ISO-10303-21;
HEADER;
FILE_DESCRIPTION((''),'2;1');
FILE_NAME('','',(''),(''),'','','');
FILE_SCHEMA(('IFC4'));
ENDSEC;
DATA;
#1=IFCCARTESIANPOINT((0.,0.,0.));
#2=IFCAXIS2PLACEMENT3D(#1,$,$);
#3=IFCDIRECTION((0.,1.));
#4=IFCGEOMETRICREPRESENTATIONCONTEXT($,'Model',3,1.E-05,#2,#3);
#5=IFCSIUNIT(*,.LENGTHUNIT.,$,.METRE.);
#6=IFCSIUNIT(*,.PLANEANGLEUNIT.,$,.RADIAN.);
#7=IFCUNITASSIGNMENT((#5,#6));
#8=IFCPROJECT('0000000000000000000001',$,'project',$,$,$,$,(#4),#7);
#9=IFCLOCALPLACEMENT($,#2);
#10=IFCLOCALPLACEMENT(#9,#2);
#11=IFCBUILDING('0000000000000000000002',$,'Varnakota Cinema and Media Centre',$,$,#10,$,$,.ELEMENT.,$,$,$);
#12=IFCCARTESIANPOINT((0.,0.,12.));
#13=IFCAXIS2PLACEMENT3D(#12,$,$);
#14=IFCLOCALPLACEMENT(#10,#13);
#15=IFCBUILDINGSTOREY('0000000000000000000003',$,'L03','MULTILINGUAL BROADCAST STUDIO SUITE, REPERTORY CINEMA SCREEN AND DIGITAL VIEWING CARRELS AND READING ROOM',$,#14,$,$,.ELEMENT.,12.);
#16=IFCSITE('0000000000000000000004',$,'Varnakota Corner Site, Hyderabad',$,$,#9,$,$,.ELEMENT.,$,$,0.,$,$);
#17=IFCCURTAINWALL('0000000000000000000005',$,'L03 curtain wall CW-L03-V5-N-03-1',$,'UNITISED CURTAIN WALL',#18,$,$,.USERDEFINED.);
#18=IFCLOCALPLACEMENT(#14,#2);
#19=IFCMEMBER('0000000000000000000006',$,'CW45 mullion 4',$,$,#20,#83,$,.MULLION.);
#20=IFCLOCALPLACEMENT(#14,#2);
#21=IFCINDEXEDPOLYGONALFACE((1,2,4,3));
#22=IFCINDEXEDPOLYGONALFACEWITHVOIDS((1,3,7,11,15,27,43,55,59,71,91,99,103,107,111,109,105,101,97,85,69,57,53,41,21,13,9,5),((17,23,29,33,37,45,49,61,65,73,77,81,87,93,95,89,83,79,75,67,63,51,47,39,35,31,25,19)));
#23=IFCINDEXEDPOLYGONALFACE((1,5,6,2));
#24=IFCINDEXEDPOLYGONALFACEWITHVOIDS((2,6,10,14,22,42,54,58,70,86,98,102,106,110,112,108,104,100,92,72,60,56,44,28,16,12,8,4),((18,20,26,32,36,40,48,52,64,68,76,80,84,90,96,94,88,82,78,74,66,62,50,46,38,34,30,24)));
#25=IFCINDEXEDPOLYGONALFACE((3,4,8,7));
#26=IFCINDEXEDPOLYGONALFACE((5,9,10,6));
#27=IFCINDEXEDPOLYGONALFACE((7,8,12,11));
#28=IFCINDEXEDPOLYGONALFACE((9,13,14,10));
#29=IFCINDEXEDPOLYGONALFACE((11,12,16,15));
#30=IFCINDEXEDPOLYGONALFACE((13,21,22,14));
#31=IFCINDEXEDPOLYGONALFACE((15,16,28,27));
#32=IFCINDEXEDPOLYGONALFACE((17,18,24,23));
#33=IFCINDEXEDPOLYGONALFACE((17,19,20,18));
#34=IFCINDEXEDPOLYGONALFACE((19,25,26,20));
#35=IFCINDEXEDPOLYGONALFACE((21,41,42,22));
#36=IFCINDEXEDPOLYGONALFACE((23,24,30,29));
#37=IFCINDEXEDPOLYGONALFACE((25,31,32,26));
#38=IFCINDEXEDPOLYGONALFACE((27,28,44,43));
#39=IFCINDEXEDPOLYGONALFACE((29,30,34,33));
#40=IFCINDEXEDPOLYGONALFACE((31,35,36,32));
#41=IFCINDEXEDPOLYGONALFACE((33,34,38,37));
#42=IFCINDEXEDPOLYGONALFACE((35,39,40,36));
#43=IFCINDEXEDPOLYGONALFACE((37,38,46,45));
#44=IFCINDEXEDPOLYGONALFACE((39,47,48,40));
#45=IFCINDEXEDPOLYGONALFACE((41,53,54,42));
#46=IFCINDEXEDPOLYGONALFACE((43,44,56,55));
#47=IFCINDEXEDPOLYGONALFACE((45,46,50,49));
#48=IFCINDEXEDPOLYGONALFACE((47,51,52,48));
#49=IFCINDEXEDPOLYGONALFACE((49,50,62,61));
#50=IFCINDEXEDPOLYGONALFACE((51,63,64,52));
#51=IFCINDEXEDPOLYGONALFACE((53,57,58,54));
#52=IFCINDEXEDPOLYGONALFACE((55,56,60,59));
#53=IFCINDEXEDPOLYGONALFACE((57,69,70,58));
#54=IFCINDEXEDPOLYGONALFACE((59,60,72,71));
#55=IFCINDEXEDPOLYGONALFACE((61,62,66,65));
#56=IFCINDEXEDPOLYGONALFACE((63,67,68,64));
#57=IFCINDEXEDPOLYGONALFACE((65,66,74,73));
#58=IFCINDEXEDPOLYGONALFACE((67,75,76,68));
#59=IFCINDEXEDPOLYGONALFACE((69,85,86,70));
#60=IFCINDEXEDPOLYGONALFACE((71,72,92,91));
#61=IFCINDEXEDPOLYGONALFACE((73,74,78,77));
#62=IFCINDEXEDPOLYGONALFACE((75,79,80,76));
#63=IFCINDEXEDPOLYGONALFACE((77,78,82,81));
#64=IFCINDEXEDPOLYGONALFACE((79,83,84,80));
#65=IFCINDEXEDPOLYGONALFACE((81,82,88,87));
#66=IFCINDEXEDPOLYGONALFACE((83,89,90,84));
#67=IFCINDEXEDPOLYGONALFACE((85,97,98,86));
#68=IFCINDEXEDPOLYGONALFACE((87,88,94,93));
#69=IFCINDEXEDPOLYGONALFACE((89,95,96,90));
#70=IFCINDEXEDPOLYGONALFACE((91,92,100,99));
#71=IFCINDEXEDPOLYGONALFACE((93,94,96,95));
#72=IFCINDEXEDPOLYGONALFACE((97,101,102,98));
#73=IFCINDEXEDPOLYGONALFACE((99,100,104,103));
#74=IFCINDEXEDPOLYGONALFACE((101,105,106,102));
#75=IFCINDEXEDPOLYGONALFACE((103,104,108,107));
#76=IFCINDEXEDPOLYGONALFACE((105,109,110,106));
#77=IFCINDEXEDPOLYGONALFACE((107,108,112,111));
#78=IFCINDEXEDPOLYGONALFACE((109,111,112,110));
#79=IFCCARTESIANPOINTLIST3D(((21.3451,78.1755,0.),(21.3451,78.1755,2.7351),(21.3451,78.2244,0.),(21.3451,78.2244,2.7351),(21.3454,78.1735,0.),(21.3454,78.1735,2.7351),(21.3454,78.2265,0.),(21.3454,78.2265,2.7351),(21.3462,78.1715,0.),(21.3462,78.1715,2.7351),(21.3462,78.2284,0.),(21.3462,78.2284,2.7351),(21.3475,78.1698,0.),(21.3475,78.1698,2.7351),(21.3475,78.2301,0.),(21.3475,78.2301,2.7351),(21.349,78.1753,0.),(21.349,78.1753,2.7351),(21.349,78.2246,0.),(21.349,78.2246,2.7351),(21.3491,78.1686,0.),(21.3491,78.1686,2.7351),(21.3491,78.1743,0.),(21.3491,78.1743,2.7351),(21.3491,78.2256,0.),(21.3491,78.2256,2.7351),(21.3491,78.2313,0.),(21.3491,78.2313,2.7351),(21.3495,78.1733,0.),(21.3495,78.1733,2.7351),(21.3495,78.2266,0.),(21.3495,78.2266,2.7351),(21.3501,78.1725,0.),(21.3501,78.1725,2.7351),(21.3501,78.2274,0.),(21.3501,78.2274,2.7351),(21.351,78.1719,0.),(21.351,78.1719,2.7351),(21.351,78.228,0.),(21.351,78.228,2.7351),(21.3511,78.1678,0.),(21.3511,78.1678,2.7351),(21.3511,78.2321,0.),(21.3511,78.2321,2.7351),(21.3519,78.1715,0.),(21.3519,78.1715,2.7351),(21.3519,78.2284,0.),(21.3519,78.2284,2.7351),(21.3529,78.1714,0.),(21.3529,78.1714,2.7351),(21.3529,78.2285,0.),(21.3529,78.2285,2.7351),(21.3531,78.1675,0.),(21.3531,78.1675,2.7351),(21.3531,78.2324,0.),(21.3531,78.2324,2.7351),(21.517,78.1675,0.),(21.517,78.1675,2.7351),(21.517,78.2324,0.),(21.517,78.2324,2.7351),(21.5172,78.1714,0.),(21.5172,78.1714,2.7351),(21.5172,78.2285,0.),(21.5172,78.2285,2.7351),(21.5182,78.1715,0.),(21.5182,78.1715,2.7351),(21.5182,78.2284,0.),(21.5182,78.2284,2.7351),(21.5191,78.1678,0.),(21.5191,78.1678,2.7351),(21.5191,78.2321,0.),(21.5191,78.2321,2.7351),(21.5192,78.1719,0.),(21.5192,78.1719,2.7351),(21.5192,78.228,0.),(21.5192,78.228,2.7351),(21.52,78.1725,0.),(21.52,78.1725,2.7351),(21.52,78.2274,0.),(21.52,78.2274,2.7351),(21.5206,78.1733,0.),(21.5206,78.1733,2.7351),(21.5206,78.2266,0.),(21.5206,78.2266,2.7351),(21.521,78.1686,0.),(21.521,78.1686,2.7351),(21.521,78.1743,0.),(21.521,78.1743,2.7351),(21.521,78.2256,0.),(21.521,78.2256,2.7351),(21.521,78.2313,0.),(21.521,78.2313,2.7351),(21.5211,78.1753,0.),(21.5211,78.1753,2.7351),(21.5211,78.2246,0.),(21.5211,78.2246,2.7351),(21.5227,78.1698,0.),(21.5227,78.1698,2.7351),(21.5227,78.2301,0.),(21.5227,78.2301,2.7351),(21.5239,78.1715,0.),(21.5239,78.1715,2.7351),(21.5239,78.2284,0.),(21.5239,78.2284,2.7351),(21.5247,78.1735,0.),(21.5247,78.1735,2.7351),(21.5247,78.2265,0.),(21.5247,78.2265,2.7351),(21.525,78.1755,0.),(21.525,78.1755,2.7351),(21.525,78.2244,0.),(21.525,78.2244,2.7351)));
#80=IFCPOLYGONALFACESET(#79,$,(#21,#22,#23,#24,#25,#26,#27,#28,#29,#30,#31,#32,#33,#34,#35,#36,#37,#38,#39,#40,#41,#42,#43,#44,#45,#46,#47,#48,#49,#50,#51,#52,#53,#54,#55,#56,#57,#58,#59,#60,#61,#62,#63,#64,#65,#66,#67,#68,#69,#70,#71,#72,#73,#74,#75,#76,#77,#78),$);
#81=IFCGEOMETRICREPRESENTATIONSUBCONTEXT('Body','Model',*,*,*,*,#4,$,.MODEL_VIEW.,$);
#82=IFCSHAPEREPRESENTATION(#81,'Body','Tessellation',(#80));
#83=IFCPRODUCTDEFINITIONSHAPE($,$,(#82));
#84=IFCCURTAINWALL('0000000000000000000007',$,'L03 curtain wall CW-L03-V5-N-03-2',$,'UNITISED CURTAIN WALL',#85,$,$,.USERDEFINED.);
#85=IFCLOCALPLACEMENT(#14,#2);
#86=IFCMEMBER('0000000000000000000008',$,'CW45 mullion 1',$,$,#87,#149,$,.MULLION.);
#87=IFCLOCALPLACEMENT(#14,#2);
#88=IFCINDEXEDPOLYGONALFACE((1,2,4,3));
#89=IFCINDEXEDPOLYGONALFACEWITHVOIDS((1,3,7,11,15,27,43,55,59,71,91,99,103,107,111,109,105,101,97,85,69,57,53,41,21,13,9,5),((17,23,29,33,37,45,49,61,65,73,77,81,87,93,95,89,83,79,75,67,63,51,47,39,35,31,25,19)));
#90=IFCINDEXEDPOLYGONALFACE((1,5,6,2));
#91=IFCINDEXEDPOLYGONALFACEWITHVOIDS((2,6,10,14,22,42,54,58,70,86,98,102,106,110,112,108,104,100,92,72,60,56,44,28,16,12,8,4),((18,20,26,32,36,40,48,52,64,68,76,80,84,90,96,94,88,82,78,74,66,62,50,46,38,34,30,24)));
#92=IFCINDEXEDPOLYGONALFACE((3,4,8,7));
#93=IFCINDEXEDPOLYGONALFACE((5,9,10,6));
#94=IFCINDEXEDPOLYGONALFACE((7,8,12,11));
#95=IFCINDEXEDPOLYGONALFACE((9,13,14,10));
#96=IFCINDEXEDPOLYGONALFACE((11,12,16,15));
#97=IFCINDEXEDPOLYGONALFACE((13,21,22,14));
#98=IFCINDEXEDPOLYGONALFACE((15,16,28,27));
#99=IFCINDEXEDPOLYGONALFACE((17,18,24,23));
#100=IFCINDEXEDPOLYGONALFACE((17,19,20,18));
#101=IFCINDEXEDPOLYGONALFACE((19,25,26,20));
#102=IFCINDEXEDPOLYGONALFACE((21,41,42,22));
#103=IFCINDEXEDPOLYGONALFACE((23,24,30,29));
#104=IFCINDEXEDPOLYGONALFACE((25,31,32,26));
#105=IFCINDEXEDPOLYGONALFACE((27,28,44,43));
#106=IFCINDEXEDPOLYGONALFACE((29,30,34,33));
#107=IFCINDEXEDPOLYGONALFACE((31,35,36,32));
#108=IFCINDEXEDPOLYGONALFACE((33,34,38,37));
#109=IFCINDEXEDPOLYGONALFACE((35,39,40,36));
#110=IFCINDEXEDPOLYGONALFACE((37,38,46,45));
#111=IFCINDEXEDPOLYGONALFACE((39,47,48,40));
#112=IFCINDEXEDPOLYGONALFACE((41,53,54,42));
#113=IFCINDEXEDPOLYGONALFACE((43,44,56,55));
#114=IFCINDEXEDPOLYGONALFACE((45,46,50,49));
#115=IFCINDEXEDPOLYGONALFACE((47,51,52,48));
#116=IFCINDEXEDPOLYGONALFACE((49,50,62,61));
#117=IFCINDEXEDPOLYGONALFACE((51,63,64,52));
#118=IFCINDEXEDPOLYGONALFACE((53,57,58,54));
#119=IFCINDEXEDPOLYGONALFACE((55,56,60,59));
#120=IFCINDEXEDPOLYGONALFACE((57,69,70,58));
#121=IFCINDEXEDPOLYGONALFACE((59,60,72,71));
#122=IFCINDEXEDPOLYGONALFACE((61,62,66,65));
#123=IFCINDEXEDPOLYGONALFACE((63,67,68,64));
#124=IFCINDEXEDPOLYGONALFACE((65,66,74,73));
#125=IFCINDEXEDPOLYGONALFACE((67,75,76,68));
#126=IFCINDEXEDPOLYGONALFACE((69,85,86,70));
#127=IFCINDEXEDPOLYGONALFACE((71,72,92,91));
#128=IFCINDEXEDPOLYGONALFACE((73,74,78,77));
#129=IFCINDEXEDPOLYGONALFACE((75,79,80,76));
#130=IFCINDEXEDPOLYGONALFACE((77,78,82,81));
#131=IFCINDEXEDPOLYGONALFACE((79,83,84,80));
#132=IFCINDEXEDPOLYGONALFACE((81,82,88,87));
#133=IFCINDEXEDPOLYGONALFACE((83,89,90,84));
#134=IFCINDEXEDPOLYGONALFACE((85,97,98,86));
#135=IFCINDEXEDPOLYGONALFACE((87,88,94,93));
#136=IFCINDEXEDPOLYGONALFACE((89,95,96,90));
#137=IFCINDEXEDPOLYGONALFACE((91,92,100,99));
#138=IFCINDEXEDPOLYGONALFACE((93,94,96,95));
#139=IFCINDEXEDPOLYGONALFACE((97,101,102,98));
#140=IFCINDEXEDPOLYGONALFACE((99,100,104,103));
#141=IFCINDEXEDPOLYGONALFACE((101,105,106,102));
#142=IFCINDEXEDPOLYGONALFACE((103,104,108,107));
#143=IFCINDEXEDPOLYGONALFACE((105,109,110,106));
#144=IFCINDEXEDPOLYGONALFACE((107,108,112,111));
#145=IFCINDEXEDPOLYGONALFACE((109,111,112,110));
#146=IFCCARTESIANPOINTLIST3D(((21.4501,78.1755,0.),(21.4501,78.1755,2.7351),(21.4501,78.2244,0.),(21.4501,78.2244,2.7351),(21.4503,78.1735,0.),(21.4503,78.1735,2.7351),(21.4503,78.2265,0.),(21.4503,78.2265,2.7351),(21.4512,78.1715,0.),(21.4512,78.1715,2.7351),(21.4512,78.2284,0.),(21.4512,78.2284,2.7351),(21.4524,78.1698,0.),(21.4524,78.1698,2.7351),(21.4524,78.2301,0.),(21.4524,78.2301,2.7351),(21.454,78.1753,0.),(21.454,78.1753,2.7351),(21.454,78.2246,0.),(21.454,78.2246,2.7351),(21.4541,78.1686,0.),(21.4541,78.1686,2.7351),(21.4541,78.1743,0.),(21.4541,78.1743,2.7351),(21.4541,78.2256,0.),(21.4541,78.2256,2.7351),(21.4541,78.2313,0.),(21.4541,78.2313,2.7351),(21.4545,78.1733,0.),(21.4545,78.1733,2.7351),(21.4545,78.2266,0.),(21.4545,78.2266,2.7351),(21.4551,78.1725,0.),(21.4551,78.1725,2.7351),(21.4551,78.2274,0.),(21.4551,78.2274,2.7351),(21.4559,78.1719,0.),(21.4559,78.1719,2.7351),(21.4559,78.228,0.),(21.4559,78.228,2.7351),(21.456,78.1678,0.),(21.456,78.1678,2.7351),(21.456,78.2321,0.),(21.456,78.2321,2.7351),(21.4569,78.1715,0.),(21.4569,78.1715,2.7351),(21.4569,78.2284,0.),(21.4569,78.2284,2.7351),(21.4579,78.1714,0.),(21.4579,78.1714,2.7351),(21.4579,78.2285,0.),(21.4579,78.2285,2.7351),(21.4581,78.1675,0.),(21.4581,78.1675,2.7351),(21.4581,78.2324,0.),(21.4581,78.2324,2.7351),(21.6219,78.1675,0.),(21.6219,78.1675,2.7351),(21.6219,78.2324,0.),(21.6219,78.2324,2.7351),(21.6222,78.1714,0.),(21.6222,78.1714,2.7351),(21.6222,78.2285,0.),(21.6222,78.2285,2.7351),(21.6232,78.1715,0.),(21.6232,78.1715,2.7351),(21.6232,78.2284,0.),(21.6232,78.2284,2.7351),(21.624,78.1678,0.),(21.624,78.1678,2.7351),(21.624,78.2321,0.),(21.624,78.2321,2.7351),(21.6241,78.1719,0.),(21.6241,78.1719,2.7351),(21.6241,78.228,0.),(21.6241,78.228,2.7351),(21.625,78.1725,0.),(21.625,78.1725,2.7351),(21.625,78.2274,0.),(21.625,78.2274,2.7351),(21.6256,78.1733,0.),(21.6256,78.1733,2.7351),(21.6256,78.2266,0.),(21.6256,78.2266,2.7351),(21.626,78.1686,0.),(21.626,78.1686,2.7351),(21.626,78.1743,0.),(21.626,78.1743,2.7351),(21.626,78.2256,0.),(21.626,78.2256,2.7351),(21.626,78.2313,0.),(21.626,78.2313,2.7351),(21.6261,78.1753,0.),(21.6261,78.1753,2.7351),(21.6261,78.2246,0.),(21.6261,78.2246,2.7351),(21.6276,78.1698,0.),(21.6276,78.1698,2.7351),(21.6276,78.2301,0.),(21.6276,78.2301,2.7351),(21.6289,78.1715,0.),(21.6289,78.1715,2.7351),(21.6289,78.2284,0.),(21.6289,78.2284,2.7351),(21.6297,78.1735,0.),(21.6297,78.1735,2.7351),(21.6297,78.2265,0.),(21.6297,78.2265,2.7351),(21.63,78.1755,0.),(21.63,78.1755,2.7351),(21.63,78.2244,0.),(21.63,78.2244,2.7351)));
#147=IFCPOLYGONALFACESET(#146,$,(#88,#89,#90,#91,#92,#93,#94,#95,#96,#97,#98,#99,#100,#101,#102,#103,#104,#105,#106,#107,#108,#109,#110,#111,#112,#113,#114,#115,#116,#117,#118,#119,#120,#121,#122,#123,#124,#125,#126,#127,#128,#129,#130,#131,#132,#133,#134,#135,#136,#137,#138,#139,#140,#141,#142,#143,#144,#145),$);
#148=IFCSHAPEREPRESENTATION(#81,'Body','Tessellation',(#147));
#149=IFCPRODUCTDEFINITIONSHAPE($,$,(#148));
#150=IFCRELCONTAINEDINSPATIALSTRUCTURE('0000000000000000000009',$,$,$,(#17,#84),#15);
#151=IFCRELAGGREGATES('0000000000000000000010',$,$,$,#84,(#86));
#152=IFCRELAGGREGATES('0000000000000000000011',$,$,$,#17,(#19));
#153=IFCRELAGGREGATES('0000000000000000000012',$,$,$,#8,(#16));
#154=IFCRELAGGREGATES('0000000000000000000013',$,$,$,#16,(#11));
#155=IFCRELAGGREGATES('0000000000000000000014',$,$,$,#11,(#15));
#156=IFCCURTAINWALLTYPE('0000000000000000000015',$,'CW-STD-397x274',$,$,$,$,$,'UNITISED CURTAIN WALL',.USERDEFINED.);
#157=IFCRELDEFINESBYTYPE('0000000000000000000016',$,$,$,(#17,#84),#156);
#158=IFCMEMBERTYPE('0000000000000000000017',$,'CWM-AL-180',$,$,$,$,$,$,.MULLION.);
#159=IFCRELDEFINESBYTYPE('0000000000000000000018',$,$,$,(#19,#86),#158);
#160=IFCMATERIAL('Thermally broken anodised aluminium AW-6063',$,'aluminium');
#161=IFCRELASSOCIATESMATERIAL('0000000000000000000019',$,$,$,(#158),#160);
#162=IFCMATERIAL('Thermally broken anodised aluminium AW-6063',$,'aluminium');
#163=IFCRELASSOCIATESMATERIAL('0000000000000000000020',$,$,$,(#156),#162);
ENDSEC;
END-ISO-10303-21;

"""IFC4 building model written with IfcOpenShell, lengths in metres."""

from ifc_helpers import new_model, si_unit, direction, frame, origin, origin_2d, place, context, subcontext, project, spatial, hollow_rectangle, extrude, material, material_profile, profile_set, type_object, element, aggregate, save


model = new_model("IFC4")

# Units and contexts
model_context = context("Model", 3, precision=1e-05, world=origin(), true_north=direction((0.0, 1.0)))
body_context = subcontext(model_context, "Body", "Model", "MODEL_VIEW")
ifc_project = project(units=[si_unit("LENGTHUNIT", "METRE"), si_unit("PLANEANGLEUNIT", "RADIAN")], contexts=[model_context])

# Site, building, storey
site_placement = place(None, origin())
site = spatial("IfcSite", under=ifc_project, at=site_placement, Name="Varnakota Corner Site, Hyderabad", CompositionType="ELEMENT", RefElevation=0.0)
building_placement = place(site_placement, origin())
building = spatial("IfcBuilding", under=site, at=building_placement, Name="Varnakota Cinema and Media Centre", CompositionType="ELEMENT")
storey_placement = place(building_placement, frame((0.0, 0.0, 12.0)))
storey = spatial("IfcBuildingStorey", under=building, at=storey_placement, Name="L03", Description="MULTILINGUAL BROADCAST STUDIO SUITE, REPERTORY CINEMA SCREEN AND DIGITAL VIEWING CARRELS AND READING ROOM", CompositionType="ELEMENT", Elevation=12.0)

# Curtain wall, member
ifc_material_1 = material(Name="Thermally broken anodised aluminium AW-6063", Category="aluminium")
ifc_material_profile_1 = material_profile(ifc_material_1, hollow_rectangle(XDim=0.0649, YDim=0.1799, WallThickness=0.0039, InnerFilletRadius=0.0039, OuterFilletRadius=0.0081, at=origin_2d()), Name="AL-MULLION 180x65x4")
ifc_profile_set_1 = profile_set([ifc_material_profile_1], Name="Thermally broken anodised aluminium AW-6063")
member_type_1 = type_object("IfcMemberType", Name="CWM-AL-180", PredefinedType="MULLION", material=ifc_profile_set_1)
ifc_material_2 = material(Name="Thermally broken anodised aluminium AW-6063", Category="aluminium")
curtain_wall_type_1 = type_object("IfcCurtainWallType", Name="CW-STD-397x274", ElementType="UNITISED CURTAIN WALL", PredefinedType="USERDEFINED", material=ifc_material_2)
curtain_wall_1_placement = place(storey_placement, origin())
curtain_wall_1 = element("IfcCurtainWall", 1, at=curtain_wall_1_placement, inside=storey, type_object=curtain_wall_type_1, Name="L03 curtain wall CW-L03-V5-N-03-1", ObjectType="UNITISED CURTAIN WALL", PredefinedType="USERDEFINED")
member_1_placement = place(storey_placement, frame((21.4351, 78.2, 0.0), z_axis=(0.0, 0.0, 1.0), x_axis=(0.0, 1.0, 0.0)))
member_1 = element("IfcMember", 2, at=member_1_placement, type_object=member_type_1, Name="CW45 mullion 4", PredefinedType="MULLION", context=body_context, shape_type="SweptSolid", body=[
    extrude(hollow_rectangle(XDim=0.0649, YDim=0.1799, WallThickness=0.0039, InnerFilletRadius=0.0039, OuterFilletRadius=0.0081, at=origin_2d()), origin(), (0.0, 0.0, 1.0), 2.7351),
])

# Curtain wall, member
curtain_wall_2_placement = place(storey_placement, origin())
curtain_wall_2 = element("IfcCurtainWall", 3, at=curtain_wall_2_placement, inside=storey, type_object=curtain_wall_type_1, Name="L03 curtain wall CW-L03-V5-N-03-2", ObjectType="UNITISED CURTAIN WALL", PredefinedType="USERDEFINED")
member_2_placement = place(storey_placement, frame((21.54, 78.2, 0.0), z_axis=(0.0, 0.0, 1.0), x_axis=(0.0, 1.0, 0.0)))
member_2 = element("IfcMember", 4, at=member_2_placement, type_object=member_type_1, Name="CW45 mullion 1", PredefinedType="MULLION", context=body_context, shape_type="SweptSolid", body=[
    extrude(hollow_rectangle(XDim=0.0649, YDim=0.1799, WallThickness=0.0039, InnerFilletRadius=0.0039, OuterFilletRadius=0.0081, at=origin_2d()), origin(), (0.0, 0.0, 1.0), 2.7351),
])

aggregate(curtain_wall_2, [member_2])

aggregate(curtain_wall_1, [member_1])

save(model, "model.ifc")
